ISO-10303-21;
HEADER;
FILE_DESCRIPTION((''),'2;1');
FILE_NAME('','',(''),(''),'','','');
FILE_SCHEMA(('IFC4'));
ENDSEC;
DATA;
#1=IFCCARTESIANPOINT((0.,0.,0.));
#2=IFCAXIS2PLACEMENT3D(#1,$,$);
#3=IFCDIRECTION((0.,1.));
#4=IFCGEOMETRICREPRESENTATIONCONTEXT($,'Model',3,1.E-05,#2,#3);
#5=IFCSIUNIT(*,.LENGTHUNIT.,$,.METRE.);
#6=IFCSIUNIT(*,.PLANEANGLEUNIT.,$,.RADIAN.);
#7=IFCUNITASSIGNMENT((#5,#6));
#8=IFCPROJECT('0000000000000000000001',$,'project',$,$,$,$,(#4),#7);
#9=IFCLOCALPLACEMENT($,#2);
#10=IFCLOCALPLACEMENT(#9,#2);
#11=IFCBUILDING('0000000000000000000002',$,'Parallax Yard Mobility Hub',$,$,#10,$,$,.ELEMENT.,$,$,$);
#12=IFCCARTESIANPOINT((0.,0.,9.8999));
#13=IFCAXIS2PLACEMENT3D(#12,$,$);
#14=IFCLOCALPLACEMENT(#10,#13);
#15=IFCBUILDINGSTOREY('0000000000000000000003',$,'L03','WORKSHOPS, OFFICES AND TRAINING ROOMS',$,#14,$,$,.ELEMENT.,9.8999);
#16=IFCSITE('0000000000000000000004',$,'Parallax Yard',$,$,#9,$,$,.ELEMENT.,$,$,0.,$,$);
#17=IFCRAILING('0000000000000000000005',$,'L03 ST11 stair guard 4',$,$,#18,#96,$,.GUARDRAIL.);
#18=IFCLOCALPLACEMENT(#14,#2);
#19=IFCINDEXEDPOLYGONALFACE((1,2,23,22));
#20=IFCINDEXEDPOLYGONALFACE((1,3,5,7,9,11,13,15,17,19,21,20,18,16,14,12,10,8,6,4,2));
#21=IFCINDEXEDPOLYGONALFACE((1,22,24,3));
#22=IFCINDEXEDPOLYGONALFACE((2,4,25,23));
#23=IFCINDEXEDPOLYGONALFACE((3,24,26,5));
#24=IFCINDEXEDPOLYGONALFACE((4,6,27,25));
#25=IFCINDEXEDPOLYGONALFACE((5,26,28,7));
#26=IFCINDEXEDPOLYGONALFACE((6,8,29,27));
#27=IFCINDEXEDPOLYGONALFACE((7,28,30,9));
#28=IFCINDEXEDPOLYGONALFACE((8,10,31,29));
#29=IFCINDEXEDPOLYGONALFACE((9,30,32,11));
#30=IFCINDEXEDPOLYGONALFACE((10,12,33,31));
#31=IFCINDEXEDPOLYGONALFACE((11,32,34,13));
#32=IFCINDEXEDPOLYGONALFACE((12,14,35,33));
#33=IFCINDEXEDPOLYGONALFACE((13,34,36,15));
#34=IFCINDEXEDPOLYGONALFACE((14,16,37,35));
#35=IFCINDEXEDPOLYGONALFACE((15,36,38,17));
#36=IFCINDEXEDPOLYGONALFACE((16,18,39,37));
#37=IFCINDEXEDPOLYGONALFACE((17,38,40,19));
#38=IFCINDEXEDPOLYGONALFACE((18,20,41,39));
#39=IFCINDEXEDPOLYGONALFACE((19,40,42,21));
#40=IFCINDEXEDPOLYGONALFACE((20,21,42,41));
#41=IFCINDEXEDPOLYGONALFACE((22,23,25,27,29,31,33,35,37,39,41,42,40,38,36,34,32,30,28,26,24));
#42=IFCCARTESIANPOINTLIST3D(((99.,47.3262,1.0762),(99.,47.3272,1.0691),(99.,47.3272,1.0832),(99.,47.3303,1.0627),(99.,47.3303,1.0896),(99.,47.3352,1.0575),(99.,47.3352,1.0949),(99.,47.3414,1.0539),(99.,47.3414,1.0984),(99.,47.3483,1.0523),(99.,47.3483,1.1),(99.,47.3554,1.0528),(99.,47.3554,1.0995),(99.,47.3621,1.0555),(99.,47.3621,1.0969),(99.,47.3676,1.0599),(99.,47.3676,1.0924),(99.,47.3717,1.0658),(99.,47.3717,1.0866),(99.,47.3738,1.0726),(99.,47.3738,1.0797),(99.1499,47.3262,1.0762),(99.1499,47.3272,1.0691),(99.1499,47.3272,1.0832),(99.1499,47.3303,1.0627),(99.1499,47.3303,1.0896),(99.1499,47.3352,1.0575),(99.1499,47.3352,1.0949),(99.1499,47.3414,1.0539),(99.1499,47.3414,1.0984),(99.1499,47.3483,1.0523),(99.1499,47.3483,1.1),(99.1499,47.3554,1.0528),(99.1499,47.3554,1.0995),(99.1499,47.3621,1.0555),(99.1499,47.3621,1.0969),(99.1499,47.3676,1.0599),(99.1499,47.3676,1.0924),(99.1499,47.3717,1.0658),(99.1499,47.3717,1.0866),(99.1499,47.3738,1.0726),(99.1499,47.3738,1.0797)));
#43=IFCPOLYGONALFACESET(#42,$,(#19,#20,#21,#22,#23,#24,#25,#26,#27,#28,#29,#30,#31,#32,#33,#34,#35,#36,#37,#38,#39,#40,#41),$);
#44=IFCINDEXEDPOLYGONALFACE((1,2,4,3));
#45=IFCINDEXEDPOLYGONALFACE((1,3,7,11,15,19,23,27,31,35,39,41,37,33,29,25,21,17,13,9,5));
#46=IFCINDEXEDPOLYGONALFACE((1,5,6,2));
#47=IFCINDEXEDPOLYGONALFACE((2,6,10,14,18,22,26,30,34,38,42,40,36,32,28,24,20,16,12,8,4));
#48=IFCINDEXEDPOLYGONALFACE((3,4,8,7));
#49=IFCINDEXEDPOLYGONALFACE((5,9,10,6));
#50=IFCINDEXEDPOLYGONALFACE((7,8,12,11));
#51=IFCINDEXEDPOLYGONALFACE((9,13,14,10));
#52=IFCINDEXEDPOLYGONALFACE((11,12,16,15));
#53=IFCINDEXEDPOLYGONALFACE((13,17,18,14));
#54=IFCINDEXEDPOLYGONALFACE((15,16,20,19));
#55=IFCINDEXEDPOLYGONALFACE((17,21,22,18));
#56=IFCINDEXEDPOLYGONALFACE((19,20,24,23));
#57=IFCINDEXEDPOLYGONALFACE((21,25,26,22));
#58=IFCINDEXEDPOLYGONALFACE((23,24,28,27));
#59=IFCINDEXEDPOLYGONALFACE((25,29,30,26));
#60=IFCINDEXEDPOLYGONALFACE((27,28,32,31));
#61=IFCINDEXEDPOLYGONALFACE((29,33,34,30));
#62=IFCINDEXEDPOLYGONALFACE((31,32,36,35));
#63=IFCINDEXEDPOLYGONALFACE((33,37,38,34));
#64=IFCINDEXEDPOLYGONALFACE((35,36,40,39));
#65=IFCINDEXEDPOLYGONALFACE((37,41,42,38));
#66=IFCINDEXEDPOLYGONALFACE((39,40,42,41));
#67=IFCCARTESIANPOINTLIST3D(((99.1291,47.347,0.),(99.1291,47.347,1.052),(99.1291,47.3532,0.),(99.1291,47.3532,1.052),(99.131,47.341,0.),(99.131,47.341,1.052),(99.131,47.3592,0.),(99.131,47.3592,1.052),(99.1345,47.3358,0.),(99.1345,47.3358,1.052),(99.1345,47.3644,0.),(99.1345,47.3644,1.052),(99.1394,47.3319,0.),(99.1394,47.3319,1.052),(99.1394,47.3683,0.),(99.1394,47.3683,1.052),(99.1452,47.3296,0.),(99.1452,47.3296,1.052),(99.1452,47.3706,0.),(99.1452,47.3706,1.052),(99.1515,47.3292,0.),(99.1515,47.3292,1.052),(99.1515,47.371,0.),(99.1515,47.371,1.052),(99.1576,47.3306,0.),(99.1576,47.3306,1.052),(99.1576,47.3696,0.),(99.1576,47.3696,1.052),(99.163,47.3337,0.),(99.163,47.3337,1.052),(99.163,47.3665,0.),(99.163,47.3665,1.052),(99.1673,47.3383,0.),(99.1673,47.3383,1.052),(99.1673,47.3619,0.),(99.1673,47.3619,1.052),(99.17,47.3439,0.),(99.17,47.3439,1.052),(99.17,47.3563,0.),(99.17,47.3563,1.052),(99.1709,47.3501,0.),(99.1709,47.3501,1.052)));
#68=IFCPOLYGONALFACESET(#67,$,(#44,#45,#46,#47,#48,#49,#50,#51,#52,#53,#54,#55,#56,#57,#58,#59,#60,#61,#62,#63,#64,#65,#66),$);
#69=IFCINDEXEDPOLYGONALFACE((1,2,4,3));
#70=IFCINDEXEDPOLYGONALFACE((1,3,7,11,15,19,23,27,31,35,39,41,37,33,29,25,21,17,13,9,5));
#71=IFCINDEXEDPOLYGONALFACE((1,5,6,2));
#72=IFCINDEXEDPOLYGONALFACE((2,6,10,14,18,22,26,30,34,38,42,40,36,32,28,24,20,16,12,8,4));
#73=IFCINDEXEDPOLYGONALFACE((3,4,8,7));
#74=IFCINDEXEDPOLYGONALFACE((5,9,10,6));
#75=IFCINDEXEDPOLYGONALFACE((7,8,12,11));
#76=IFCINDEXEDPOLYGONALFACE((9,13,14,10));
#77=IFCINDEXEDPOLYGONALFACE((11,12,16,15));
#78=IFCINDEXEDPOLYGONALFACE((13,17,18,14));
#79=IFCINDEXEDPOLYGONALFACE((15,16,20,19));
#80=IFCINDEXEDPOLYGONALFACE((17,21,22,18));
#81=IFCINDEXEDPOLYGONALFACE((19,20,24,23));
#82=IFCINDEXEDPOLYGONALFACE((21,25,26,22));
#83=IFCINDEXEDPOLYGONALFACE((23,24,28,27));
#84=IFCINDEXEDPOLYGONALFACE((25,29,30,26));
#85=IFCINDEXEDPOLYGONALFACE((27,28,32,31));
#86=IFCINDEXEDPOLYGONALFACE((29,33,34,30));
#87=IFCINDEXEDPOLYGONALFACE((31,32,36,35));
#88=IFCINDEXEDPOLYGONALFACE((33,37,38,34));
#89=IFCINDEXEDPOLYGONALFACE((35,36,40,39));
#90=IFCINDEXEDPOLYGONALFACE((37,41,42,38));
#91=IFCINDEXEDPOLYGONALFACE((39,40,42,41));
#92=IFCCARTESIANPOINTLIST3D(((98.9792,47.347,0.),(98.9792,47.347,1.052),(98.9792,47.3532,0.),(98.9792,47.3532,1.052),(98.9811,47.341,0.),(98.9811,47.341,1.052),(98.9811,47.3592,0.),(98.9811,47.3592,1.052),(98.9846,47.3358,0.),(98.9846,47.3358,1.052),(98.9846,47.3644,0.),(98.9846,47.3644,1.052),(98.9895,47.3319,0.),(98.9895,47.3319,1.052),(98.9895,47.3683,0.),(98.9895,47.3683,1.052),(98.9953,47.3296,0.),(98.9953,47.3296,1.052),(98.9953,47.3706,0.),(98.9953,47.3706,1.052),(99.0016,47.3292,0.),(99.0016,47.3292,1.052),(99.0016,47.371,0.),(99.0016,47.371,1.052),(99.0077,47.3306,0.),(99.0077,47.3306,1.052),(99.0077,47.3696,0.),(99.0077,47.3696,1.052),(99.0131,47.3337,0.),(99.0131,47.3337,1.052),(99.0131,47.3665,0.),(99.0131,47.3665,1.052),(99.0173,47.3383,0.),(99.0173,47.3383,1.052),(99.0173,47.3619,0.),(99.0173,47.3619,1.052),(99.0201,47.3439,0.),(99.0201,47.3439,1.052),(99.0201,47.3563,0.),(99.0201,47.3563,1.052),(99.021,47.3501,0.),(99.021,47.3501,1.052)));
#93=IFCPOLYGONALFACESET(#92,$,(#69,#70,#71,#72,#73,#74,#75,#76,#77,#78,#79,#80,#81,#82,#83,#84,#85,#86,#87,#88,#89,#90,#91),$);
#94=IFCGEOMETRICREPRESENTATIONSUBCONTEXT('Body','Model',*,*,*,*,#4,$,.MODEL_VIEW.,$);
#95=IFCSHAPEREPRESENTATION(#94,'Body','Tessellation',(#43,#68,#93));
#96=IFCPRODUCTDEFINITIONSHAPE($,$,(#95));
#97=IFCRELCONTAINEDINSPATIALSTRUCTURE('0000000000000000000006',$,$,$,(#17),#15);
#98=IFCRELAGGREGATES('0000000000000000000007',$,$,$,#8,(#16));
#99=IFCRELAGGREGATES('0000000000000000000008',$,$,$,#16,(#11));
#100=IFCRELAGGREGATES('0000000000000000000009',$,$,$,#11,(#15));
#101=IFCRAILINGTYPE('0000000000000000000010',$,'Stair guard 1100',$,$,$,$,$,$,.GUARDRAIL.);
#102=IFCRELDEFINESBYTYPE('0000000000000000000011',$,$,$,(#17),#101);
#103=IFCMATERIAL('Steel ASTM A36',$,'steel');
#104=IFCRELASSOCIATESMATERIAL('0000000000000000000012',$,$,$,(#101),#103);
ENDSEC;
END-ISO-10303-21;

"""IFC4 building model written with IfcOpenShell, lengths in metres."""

from ifc_helpers import new_model, si_unit, direction, frame, origin, origin_2d, place, context, subcontext, project, spatial, circle, extrude, material, type_object, element, save


model = new_model("IFC4")

# Units and contexts
model_context = context("Model", 3, precision=1e-05, world=origin(), true_north=direction((0.0, 1.0)))
body_context = subcontext(model_context, "Body", "Model", "MODEL_VIEW")
ifc_project = project(units=[si_unit("LENGTHUNIT", "METRE"), si_unit("PLANEANGLEUNIT", "RADIAN")], contexts=[model_context])

# Site, building, storey
site_placement = place(None, origin())
site = spatial("IfcSite", under=ifc_project, at=site_placement, Name="Parallax Yard", CompositionType="ELEMENT", RefElevation=0.0)
building_placement = place(site_placement, origin())
building = spatial("IfcBuilding", under=site, at=building_placement, Name="Parallax Yard Mobility Hub", CompositionType="ELEMENT")
storey_placement = place(building_placement, frame((0.0, 0.0, 9.8999)))
storey = spatial("IfcBuildingStorey", under=building, at=storey_placement, Name="L03", Description="WORKSHOPS, OFFICES AND TRAINING ROOMS", CompositionType="ELEMENT", Elevation=9.8999)

# Railing
ifc_material_1 = material(Name="Steel ASTM A36", Category="steel")
railing_type = type_object("IfcRailingType", Name="Stair guard 1100", PredefinedType="GUARDRAIL", material=ifc_material_1)
railing_1_placement = place(storey_placement, frame((99.1499, 47.3501, 0.0)))
element("IfcRailing", 1, at=railing_1_placement, inside=storey, type_object=railing_type, Name="L03 ST11 stair guard 4", PredefinedType="GUARDRAIL", context=body_context, shape_type="SweptSolid", body=[
    extrude(circle(Radius=0.0239, at=origin_2d()), frame((0.0, 0.0, 1.0762), z_axis=(-1.0, 0.0, 0.0), x_axis=(0.0, -1.0, 0.0)), (0.0, 0.0, 1.0), 0.1499),
    extrude(circle(Radius=0.021, at=origin_2d()), origin(), (0.0, 0.0, 1.0), 1.052),
    extrude(circle(Radius=0.021, at=origin_2d()), frame((-0.1499, 0.0, 0.0)), (0.0, 0.0, 1.0), 1.052),
])

save(model, "model.ifc")
